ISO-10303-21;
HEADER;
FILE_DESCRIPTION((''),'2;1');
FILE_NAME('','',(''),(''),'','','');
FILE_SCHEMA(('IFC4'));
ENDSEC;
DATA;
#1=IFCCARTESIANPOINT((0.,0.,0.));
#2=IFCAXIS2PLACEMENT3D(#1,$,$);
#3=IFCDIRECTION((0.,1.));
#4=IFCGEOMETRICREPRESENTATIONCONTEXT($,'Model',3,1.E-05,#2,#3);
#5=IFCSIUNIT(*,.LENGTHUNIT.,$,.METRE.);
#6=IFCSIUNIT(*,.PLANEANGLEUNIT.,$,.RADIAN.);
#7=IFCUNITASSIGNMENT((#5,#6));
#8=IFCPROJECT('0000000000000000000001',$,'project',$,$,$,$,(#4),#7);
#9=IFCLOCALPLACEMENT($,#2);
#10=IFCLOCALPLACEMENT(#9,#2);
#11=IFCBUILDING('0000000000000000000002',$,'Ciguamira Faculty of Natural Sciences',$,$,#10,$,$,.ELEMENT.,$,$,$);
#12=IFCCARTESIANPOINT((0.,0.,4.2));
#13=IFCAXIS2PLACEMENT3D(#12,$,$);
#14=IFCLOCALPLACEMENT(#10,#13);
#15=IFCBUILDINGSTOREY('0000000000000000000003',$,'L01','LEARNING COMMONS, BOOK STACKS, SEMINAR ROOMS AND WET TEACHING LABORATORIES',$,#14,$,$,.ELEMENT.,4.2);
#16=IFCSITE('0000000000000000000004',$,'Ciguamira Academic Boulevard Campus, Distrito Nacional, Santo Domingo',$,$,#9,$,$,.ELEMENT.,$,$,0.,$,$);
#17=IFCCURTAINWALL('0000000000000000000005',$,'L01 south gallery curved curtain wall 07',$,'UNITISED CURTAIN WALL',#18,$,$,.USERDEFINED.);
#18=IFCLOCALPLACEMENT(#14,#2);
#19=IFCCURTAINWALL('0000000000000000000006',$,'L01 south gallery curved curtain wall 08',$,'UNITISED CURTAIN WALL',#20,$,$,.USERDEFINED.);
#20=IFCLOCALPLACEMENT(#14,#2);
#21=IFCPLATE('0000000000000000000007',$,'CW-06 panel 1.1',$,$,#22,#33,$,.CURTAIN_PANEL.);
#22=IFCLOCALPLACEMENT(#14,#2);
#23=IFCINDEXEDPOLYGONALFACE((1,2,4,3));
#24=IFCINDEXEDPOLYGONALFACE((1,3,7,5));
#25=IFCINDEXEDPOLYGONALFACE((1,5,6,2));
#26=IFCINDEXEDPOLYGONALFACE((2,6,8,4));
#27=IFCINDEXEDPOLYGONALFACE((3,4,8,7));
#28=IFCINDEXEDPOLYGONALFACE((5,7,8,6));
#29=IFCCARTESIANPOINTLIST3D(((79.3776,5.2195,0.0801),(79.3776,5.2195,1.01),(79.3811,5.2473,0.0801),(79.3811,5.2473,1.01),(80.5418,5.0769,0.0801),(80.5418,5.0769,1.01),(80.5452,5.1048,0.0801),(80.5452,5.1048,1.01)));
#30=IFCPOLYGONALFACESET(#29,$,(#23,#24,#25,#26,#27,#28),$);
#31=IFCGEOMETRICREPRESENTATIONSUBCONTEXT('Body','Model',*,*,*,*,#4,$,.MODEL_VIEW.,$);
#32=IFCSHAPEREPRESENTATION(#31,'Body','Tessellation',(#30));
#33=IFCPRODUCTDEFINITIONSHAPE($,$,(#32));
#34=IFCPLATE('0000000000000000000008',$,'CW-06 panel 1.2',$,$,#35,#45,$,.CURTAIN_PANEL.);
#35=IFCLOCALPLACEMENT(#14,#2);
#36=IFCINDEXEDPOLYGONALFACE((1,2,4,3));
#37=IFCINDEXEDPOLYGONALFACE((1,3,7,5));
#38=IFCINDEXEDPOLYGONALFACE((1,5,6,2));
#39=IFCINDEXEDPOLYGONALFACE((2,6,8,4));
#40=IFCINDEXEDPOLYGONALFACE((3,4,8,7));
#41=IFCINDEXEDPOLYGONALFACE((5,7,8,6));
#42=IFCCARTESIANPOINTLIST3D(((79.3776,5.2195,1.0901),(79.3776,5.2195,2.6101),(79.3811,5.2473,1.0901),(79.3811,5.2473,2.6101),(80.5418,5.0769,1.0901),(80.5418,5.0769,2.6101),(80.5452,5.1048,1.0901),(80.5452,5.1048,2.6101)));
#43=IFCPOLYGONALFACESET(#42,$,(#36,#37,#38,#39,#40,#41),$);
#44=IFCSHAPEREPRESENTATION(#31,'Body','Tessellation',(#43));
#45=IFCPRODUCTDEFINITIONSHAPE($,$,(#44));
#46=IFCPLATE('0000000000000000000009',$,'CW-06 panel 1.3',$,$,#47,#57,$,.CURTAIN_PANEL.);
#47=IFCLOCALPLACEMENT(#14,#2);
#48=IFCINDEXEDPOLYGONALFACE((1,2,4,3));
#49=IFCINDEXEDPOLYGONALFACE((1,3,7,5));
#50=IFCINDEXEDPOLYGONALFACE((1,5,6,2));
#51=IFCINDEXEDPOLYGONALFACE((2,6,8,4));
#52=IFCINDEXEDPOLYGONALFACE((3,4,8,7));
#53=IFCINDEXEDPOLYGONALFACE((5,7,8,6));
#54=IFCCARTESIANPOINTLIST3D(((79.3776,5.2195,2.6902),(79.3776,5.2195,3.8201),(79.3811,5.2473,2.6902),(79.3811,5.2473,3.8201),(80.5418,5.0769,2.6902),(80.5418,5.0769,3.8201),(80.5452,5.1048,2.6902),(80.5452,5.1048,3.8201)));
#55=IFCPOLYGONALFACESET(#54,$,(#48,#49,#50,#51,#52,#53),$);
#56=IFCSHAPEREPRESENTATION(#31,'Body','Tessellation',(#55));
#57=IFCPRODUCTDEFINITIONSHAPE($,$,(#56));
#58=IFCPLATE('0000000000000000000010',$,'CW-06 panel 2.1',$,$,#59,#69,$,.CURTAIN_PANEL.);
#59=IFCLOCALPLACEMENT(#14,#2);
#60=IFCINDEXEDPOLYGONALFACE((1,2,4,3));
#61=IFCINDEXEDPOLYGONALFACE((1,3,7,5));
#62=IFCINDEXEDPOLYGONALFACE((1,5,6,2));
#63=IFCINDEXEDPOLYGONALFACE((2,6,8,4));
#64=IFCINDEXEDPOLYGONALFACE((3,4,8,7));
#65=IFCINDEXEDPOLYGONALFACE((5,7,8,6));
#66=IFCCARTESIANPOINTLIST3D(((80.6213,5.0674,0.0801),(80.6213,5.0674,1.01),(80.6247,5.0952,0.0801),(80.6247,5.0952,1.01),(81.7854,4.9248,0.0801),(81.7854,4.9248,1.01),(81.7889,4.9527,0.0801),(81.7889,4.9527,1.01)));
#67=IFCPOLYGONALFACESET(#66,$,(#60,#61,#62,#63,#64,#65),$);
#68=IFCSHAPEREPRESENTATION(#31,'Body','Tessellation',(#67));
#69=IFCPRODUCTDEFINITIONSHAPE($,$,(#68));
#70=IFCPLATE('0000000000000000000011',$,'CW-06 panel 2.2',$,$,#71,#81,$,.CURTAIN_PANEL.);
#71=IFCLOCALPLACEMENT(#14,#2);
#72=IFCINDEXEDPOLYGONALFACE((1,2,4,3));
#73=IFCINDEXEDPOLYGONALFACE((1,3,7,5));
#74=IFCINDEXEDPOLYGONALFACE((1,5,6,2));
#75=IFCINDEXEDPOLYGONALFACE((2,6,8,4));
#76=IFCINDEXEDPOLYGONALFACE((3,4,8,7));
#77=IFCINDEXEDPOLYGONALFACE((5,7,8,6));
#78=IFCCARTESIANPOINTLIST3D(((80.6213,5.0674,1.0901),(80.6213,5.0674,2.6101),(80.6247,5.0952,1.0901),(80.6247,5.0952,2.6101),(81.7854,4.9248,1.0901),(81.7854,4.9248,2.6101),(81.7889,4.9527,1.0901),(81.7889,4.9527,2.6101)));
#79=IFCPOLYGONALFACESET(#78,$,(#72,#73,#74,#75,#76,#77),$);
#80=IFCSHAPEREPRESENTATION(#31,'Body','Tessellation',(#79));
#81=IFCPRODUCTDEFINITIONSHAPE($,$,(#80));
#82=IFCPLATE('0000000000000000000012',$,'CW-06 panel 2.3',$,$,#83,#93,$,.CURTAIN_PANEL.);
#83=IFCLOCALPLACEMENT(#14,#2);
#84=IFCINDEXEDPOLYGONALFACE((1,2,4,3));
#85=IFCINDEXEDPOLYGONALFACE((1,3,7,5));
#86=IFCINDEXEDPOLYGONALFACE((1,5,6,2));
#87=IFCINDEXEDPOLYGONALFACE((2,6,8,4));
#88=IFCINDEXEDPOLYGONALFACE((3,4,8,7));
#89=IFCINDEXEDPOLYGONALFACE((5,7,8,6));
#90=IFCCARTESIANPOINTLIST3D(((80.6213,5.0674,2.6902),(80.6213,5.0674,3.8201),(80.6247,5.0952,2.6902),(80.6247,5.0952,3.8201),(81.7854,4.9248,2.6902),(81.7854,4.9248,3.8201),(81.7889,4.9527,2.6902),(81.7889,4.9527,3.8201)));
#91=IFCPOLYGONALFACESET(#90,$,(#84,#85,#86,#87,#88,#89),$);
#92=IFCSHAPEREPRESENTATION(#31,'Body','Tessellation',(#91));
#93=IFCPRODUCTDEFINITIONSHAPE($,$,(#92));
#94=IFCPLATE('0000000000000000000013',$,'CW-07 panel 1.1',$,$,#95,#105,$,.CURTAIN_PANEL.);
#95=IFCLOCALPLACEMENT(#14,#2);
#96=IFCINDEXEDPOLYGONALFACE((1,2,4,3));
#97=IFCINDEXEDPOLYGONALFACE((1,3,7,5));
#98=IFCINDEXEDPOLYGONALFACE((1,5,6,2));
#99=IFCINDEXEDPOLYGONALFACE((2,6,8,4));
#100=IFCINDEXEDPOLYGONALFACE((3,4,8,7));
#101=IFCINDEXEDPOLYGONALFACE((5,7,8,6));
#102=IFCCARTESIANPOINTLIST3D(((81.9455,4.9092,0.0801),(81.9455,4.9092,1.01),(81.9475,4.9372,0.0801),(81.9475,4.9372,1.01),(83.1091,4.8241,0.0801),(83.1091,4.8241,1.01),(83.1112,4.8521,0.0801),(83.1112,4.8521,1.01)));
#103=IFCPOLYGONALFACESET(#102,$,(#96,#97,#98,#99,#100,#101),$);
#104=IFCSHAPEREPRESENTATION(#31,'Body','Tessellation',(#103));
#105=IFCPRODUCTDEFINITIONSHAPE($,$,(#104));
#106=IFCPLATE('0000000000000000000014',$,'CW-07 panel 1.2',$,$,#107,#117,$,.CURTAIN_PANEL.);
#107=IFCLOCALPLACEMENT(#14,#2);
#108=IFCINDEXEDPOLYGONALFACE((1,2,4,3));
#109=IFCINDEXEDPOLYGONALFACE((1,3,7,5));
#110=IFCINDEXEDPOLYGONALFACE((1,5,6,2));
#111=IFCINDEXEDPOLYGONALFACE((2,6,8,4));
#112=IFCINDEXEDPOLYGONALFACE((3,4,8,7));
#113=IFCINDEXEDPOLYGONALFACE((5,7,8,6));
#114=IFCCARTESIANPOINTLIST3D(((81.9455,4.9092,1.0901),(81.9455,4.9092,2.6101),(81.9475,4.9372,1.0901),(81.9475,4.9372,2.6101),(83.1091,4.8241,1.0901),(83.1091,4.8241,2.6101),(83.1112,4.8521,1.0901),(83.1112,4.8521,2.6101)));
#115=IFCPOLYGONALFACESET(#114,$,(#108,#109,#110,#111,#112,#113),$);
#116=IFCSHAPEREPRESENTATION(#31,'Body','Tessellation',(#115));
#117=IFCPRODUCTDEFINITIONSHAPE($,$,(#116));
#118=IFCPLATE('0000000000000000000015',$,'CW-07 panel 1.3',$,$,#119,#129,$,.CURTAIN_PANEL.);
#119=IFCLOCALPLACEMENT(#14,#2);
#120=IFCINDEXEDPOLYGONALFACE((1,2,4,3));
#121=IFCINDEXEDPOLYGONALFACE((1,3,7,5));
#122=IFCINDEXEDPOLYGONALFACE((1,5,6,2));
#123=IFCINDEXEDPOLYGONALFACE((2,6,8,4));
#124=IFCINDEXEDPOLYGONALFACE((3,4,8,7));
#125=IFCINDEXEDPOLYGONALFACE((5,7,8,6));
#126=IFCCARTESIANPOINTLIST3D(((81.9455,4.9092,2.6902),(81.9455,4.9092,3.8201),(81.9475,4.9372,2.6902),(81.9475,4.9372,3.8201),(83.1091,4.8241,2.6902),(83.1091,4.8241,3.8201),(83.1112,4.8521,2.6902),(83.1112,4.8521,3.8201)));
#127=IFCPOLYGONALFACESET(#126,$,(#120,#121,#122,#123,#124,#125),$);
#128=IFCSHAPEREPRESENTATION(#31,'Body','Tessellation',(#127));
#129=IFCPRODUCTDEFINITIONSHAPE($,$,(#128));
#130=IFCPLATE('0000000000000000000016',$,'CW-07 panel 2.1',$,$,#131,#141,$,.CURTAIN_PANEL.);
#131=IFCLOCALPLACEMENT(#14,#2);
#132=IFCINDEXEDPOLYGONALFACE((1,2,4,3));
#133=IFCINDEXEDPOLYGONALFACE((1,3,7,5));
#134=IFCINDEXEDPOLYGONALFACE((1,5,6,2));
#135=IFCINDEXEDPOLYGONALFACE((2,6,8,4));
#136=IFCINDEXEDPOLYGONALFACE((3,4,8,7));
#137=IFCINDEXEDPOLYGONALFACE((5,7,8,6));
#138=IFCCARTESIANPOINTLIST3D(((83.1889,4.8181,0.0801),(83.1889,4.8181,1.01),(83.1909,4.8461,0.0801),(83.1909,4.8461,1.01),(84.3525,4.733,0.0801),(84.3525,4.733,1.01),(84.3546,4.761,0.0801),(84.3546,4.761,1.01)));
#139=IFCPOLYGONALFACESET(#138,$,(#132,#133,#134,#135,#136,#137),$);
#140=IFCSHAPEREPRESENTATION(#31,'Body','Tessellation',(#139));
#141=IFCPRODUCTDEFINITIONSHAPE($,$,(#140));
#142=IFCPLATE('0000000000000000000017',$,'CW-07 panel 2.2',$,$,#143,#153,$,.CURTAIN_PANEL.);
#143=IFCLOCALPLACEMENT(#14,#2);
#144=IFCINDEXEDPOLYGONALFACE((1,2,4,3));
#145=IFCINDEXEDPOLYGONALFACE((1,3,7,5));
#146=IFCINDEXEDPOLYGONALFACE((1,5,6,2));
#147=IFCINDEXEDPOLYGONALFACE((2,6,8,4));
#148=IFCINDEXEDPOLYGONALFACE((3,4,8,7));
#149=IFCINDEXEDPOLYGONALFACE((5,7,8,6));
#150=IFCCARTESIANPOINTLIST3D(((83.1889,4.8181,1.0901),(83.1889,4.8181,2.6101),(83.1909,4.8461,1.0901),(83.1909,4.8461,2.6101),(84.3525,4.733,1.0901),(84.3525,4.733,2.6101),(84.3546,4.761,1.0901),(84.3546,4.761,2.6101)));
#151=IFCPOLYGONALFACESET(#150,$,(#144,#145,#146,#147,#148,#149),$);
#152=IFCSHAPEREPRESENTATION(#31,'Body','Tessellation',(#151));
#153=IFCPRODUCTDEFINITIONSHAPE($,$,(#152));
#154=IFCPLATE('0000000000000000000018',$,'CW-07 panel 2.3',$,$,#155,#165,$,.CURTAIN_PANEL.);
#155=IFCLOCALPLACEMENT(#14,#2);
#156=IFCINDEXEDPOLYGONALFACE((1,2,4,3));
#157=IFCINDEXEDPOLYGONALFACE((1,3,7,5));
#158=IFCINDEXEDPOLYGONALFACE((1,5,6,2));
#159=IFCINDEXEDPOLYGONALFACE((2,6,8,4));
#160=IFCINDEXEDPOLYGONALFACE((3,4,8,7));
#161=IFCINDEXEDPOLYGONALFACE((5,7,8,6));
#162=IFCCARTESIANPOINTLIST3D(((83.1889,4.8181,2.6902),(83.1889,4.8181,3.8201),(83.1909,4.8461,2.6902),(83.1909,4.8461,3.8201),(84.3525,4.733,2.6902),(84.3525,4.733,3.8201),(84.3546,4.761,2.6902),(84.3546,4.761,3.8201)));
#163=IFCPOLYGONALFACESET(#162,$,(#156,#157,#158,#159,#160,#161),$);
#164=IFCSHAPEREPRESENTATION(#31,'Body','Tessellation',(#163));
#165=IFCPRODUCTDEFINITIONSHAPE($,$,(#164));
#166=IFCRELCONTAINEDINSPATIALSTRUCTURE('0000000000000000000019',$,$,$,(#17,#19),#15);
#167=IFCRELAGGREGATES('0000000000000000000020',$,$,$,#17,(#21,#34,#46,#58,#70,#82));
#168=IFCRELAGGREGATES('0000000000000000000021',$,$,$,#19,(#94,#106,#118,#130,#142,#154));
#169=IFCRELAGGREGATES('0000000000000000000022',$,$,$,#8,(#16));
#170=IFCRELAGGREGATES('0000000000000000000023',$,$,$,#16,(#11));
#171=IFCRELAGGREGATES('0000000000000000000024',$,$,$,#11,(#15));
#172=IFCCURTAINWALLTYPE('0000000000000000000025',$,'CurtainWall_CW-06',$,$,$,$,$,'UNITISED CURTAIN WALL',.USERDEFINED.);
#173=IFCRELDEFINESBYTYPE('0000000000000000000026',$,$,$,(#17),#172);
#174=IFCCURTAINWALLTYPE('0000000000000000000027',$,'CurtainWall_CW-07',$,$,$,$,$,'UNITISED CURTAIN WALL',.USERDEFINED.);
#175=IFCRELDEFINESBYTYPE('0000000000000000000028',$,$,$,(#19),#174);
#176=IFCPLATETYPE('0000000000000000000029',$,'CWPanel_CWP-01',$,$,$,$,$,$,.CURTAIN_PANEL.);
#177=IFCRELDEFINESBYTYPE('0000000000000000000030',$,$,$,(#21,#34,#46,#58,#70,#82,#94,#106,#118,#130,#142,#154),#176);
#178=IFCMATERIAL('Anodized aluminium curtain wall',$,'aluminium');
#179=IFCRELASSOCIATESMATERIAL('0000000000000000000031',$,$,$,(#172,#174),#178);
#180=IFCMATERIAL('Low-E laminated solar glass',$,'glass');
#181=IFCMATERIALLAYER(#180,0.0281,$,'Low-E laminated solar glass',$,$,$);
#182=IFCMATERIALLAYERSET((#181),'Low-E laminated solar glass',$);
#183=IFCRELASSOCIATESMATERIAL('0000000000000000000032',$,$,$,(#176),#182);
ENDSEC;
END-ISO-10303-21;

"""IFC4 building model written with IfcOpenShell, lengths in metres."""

from ifc_helpers import new_model, si_unit, direction, frame, origin, origin_2d, place, context, subcontext, project, spatial, rectangle, extrude, material, layer, layer_set, type_object, element, aggregate, save


model = new_model("IFC4")

# Units and contexts
model_context = context("Model", 3, precision=1e-05, world=origin(), true_north=direction((0.0, 1.0)))
body_context = subcontext(model_context, "Body", "Model", "MODEL_VIEW")
ifc_project = project(units=[si_unit("LENGTHUNIT", "METRE"), si_unit("PLANEANGLEUNIT", "RADIAN")], contexts=[model_context])

# Site, building, storey
site_placement = place(None, origin())
site = spatial("IfcSite", under=ifc_project, at=site_placement, Name="Ciguamira Academic Boulevard Campus, Distrito Nacional, Santo Domingo", CompositionType="ELEMENT", RefElevation=0.0)
building_placement = place(site_placement, origin())
building = spatial("IfcBuilding", under=site, at=building_placement, Name="Ciguamira Faculty of Natural Sciences", CompositionType="ELEMENT")
storey_placement = place(building_placement, frame((0.0, 0.0, 4.2)))
storey = spatial("IfcBuildingStorey", under=building, at=storey_placement, Name="L01", Description="LEARNING COMMONS, BOOK STACKS, SEMINAR ROOMS AND WET TEACHING LABORATORIES", CompositionType="ELEMENT", Elevation=4.2)

# Shared definitions
ifc_material_1 = material(Name="Anodized aluminium curtain wall", Category="aluminium")

# Curtain walls
curtain_wall_type_1 = type_object("IfcCurtainWallType", Name="CurtainWall_CW-06", ElementType="UNITISED CURTAIN WALL", PredefinedType="USERDEFINED", material=ifc_material_1)
curtain_wall_1_placement = place(storey_placement, origin())
curtain_wall_1 = element("IfcCurtainWall", 1, at=curtain_wall_1_placement, inside=storey, type_object=curtain_wall_type_1, Name="L01 south gallery curved curtain wall 07", ObjectType="UNITISED CURTAIN WALL", PredefinedType="USERDEFINED")
curtain_wall_type_2 = type_object("IfcCurtainWallType", Name="CurtainWall_CW-07", ElementType="UNITISED CURTAIN WALL", PredefinedType="USERDEFINED", material=ifc_material_1)
curtain_wall_2_placement = place(storey_placement, origin())
curtain_wall_2 = element("IfcCurtainWall", 2, at=curtain_wall_2_placement, inside=storey, type_object=curtain_wall_type_2, Name="L01 south gallery curved curtain wall 08", ObjectType="UNITISED CURTAIN WALL", PredefinedType="USERDEFINED")

# Plates
ifc_material_2 = material(Name="Low-E laminated solar glass", Category="glass")
ifc_layer = layer(ifc_material_2, 0.0281, Name="Low-E laminated solar glass")
ifc_layer_set = layer_set([ifc_layer], Name="Low-E laminated solar glass")
plate_type = type_object("IfcPlateType", Name="CWPanel_CWP-01", PredefinedType="CURTAIN_PANEL", material=ifc_layer_set)
plate_1_placement = place(storey_placement, frame((79.9614, 5.1621, 0.0801), z_axis=(0.0, 0.0, 1.0), x_axis=(0.992586, -0.121545, 0.0)))
plate_1 = element("IfcPlate", 3, at=plate_1_placement, type_object=plate_type, Name="CW-06 panel 1.1", PredefinedType="CURTAIN_PANEL", context=body_context, shape_type="SweptSolid", body=[
    extrude(rectangle(XDim=1.1729, YDim=0.0281, at=origin_2d()), origin(), (0.0, 0.0, 1.0), 0.9299),
])
plate_2_placement = place(storey_placement, frame((79.9614, 5.1621, 1.0901), z_axis=(0.0, 0.0, 1.0), x_axis=(0.992586, -0.121545, 0.0)))
plate_2 = element("IfcPlate", 4, at=plate_2_placement, type_object=plate_type, Name="CW-06 panel 1.2", PredefinedType="CURTAIN_PANEL", context=body_context, shape_type="SweptSolid", body=[
    extrude(rectangle(XDim=1.1729, YDim=0.0281, at=origin_2d()), origin(), (0.0, 0.0, 1.0), 1.52),
])
plate_3_placement = place(storey_placement, frame((79.9614, 5.1621, 2.6902), z_axis=(0.0, 0.0, 1.0), x_axis=(0.992586, -0.121545, 0.0)))
plate_3 = element("IfcPlate", 5, at=plate_3_placement, type_object=plate_type, Name="CW-06 panel 1.3", PredefinedType="CURTAIN_PANEL", context=body_context, shape_type="SweptSolid", body=[
    extrude(rectangle(XDim=1.1729, YDim=0.0281, at=origin_2d()), origin(), (0.0, 0.0, 1.0), 1.1299),
])
plate_4_placement = place(storey_placement, frame((81.2051, 5.01, 0.0801), z_axis=(0.0, 0.0, 1.0), x_axis=(0.992586, -0.121545, 0.0)))
plate_4 = element("IfcPlate", 6, at=plate_4_placement, type_object=plate_type, Name="CW-06 panel 2.1", PredefinedType="CURTAIN_PANEL", context=body_context, shape_type="SweptSolid", body=[
    extrude(rectangle(XDim=1.1729, YDim=0.0281, at=origin_2d()), origin(), (0.0, 0.0, 1.0), 0.9299),
])
plate_5_placement = place(storey_placement, frame((81.2051, 5.01, 1.0901), z_axis=(0.0, 0.0, 1.0), x_axis=(0.992586, -0.121545, 0.0)))
plate_5 = element("IfcPlate", 7, at=plate_5_placement, type_object=plate_type, Name="CW-06 panel 2.2", PredefinedType="CURTAIN_PANEL", context=body_context, shape_type="SweptSolid", body=[
    extrude(rectangle(XDim=1.1729, YDim=0.0281, at=origin_2d()), origin(), (0.0, 0.0, 1.0), 1.52),
])
plate_6_placement = place(storey_placement, frame((81.2051, 5.01, 2.6902), z_axis=(0.0, 0.0, 1.0), x_axis=(0.992586, -0.121545, 0.0)))
plate_6 = element("IfcPlate", 8, at=plate_6_placement, type_object=plate_type, Name="CW-06 panel 2.3", PredefinedType="CURTAIN_PANEL", context=body_context, shape_type="SweptSolid", body=[
    extrude(rectangle(XDim=1.1729, YDim=0.0281, at=origin_2d()), origin(), (0.0, 0.0, 1.0), 1.1299),
])
aggregate(curtain_wall_1, [plate_1, plate_2, plate_3, plate_4, plate_5, plate_6])
plate_7_placement = place(storey_placement, frame((82.5283, 4.8806, 0.0801), z_axis=(0.0, 0.0, 1.0), x_axis=(0.997337, -0.072937, 0.0)))
plate_7 = element("IfcPlate", 9, at=plate_7_placement, type_object=plate_type, Name="CW-07 panel 1.1", PredefinedType="CURTAIN_PANEL", context=body_context, shape_type="SweptSolid", body=[
    extrude(rectangle(XDim=1.1667, YDim=0.0281, at=origin_2d()), origin(), (0.0, 0.0, 1.0), 0.9299),
])
plate_8_placement = place(storey_placement, frame((82.5283, 4.8806, 1.0901), z_axis=(0.0, 0.0, 1.0), x_axis=(0.997337, -0.072937, 0.0)))
plate_8 = element("IfcPlate", 10, at=plate_8_placement, type_object=plate_type, Name="CW-07 panel 1.2", PredefinedType="CURTAIN_PANEL", context=body_context, shape_type="SweptSolid", body=[
    extrude(rectangle(XDim=1.1667, YDim=0.0281, at=origin_2d()), origin(), (0.0, 0.0, 1.0), 1.52),
])
plate_9_placement = place(storey_placement, frame((82.5283, 4.8806, 2.6902), z_axis=(0.0, 0.0, 1.0), x_axis=(0.997337, -0.072937, 0.0)))
plate_9 = element("IfcPlate", 11, at=plate_9_placement, type_object=plate_type, Name="CW-07 panel 1.3", PredefinedType="CURTAIN_PANEL", context=body_context, shape_type="SweptSolid", body=[
    extrude(rectangle(XDim=1.1667, YDim=0.0281, at=origin_2d()), origin(), (0.0, 0.0, 1.0), 1.1299),
])
plate_10_placement = place(storey_placement, frame((83.7717, 4.7896, 0.0801), z_axis=(0.0, 0.0, 1.0), x_axis=(0.997337, -0.072937, 0.0)))
plate_10 = element("IfcPlate", 12, at=plate_10_placement, type_object=plate_type, Name="CW-07 panel 2.1", PredefinedType="CURTAIN_PANEL", context=body_context, shape_type="SweptSolid", body=[
    extrude(rectangle(XDim=1.1667, YDim=0.0281, at=origin_2d()), origin(), (0.0, 0.0, 1.0), 0.9299),
])
plate_11_placement = place(storey_placement, frame((83.7717, 4.7896, 1.0901), z_axis=(0.0, 0.0, 1.0), x_axis=(0.997337, -0.072937, 0.0)))
plate_11 = element("IfcPlate", 13, at=plate_11_placement, type_object=plate_type, Name="CW-07 panel 2.2", PredefinedType="CURTAIN_PANEL", context=body_context, shape_type="SweptSolid", body=[
    extrude(rectangle(XDim=1.1667, YDim=0.0281, at=origin_2d()), origin(), (0.0, 0.0, 1.0), 1.52),
])
plate_12_placement = place(storey_placement, frame((83.7717, 4.7896, 2.6902), z_axis=(0.0, 0.0, 1.0), x_axis=(0.997337, -0.072937, 0.0)))
plate_12 = element("IfcPlate", 14, at=plate_12_placement, type_object=plate_type, Name="CW-07 panel 2.3", PredefinedType="CURTAIN_PANEL", context=body_context, shape_type="SweptSolid", body=[
    extrude(rectangle(XDim=1.1667, YDim=0.0281, at=origin_2d()), origin(), (0.0, 0.0, 1.0), 1.1299),
])
aggregate(curtain_wall_2, [plate_7, plate_8, plate_9, plate_10, plate_11, plate_12])

save(model, "model.ifc")
